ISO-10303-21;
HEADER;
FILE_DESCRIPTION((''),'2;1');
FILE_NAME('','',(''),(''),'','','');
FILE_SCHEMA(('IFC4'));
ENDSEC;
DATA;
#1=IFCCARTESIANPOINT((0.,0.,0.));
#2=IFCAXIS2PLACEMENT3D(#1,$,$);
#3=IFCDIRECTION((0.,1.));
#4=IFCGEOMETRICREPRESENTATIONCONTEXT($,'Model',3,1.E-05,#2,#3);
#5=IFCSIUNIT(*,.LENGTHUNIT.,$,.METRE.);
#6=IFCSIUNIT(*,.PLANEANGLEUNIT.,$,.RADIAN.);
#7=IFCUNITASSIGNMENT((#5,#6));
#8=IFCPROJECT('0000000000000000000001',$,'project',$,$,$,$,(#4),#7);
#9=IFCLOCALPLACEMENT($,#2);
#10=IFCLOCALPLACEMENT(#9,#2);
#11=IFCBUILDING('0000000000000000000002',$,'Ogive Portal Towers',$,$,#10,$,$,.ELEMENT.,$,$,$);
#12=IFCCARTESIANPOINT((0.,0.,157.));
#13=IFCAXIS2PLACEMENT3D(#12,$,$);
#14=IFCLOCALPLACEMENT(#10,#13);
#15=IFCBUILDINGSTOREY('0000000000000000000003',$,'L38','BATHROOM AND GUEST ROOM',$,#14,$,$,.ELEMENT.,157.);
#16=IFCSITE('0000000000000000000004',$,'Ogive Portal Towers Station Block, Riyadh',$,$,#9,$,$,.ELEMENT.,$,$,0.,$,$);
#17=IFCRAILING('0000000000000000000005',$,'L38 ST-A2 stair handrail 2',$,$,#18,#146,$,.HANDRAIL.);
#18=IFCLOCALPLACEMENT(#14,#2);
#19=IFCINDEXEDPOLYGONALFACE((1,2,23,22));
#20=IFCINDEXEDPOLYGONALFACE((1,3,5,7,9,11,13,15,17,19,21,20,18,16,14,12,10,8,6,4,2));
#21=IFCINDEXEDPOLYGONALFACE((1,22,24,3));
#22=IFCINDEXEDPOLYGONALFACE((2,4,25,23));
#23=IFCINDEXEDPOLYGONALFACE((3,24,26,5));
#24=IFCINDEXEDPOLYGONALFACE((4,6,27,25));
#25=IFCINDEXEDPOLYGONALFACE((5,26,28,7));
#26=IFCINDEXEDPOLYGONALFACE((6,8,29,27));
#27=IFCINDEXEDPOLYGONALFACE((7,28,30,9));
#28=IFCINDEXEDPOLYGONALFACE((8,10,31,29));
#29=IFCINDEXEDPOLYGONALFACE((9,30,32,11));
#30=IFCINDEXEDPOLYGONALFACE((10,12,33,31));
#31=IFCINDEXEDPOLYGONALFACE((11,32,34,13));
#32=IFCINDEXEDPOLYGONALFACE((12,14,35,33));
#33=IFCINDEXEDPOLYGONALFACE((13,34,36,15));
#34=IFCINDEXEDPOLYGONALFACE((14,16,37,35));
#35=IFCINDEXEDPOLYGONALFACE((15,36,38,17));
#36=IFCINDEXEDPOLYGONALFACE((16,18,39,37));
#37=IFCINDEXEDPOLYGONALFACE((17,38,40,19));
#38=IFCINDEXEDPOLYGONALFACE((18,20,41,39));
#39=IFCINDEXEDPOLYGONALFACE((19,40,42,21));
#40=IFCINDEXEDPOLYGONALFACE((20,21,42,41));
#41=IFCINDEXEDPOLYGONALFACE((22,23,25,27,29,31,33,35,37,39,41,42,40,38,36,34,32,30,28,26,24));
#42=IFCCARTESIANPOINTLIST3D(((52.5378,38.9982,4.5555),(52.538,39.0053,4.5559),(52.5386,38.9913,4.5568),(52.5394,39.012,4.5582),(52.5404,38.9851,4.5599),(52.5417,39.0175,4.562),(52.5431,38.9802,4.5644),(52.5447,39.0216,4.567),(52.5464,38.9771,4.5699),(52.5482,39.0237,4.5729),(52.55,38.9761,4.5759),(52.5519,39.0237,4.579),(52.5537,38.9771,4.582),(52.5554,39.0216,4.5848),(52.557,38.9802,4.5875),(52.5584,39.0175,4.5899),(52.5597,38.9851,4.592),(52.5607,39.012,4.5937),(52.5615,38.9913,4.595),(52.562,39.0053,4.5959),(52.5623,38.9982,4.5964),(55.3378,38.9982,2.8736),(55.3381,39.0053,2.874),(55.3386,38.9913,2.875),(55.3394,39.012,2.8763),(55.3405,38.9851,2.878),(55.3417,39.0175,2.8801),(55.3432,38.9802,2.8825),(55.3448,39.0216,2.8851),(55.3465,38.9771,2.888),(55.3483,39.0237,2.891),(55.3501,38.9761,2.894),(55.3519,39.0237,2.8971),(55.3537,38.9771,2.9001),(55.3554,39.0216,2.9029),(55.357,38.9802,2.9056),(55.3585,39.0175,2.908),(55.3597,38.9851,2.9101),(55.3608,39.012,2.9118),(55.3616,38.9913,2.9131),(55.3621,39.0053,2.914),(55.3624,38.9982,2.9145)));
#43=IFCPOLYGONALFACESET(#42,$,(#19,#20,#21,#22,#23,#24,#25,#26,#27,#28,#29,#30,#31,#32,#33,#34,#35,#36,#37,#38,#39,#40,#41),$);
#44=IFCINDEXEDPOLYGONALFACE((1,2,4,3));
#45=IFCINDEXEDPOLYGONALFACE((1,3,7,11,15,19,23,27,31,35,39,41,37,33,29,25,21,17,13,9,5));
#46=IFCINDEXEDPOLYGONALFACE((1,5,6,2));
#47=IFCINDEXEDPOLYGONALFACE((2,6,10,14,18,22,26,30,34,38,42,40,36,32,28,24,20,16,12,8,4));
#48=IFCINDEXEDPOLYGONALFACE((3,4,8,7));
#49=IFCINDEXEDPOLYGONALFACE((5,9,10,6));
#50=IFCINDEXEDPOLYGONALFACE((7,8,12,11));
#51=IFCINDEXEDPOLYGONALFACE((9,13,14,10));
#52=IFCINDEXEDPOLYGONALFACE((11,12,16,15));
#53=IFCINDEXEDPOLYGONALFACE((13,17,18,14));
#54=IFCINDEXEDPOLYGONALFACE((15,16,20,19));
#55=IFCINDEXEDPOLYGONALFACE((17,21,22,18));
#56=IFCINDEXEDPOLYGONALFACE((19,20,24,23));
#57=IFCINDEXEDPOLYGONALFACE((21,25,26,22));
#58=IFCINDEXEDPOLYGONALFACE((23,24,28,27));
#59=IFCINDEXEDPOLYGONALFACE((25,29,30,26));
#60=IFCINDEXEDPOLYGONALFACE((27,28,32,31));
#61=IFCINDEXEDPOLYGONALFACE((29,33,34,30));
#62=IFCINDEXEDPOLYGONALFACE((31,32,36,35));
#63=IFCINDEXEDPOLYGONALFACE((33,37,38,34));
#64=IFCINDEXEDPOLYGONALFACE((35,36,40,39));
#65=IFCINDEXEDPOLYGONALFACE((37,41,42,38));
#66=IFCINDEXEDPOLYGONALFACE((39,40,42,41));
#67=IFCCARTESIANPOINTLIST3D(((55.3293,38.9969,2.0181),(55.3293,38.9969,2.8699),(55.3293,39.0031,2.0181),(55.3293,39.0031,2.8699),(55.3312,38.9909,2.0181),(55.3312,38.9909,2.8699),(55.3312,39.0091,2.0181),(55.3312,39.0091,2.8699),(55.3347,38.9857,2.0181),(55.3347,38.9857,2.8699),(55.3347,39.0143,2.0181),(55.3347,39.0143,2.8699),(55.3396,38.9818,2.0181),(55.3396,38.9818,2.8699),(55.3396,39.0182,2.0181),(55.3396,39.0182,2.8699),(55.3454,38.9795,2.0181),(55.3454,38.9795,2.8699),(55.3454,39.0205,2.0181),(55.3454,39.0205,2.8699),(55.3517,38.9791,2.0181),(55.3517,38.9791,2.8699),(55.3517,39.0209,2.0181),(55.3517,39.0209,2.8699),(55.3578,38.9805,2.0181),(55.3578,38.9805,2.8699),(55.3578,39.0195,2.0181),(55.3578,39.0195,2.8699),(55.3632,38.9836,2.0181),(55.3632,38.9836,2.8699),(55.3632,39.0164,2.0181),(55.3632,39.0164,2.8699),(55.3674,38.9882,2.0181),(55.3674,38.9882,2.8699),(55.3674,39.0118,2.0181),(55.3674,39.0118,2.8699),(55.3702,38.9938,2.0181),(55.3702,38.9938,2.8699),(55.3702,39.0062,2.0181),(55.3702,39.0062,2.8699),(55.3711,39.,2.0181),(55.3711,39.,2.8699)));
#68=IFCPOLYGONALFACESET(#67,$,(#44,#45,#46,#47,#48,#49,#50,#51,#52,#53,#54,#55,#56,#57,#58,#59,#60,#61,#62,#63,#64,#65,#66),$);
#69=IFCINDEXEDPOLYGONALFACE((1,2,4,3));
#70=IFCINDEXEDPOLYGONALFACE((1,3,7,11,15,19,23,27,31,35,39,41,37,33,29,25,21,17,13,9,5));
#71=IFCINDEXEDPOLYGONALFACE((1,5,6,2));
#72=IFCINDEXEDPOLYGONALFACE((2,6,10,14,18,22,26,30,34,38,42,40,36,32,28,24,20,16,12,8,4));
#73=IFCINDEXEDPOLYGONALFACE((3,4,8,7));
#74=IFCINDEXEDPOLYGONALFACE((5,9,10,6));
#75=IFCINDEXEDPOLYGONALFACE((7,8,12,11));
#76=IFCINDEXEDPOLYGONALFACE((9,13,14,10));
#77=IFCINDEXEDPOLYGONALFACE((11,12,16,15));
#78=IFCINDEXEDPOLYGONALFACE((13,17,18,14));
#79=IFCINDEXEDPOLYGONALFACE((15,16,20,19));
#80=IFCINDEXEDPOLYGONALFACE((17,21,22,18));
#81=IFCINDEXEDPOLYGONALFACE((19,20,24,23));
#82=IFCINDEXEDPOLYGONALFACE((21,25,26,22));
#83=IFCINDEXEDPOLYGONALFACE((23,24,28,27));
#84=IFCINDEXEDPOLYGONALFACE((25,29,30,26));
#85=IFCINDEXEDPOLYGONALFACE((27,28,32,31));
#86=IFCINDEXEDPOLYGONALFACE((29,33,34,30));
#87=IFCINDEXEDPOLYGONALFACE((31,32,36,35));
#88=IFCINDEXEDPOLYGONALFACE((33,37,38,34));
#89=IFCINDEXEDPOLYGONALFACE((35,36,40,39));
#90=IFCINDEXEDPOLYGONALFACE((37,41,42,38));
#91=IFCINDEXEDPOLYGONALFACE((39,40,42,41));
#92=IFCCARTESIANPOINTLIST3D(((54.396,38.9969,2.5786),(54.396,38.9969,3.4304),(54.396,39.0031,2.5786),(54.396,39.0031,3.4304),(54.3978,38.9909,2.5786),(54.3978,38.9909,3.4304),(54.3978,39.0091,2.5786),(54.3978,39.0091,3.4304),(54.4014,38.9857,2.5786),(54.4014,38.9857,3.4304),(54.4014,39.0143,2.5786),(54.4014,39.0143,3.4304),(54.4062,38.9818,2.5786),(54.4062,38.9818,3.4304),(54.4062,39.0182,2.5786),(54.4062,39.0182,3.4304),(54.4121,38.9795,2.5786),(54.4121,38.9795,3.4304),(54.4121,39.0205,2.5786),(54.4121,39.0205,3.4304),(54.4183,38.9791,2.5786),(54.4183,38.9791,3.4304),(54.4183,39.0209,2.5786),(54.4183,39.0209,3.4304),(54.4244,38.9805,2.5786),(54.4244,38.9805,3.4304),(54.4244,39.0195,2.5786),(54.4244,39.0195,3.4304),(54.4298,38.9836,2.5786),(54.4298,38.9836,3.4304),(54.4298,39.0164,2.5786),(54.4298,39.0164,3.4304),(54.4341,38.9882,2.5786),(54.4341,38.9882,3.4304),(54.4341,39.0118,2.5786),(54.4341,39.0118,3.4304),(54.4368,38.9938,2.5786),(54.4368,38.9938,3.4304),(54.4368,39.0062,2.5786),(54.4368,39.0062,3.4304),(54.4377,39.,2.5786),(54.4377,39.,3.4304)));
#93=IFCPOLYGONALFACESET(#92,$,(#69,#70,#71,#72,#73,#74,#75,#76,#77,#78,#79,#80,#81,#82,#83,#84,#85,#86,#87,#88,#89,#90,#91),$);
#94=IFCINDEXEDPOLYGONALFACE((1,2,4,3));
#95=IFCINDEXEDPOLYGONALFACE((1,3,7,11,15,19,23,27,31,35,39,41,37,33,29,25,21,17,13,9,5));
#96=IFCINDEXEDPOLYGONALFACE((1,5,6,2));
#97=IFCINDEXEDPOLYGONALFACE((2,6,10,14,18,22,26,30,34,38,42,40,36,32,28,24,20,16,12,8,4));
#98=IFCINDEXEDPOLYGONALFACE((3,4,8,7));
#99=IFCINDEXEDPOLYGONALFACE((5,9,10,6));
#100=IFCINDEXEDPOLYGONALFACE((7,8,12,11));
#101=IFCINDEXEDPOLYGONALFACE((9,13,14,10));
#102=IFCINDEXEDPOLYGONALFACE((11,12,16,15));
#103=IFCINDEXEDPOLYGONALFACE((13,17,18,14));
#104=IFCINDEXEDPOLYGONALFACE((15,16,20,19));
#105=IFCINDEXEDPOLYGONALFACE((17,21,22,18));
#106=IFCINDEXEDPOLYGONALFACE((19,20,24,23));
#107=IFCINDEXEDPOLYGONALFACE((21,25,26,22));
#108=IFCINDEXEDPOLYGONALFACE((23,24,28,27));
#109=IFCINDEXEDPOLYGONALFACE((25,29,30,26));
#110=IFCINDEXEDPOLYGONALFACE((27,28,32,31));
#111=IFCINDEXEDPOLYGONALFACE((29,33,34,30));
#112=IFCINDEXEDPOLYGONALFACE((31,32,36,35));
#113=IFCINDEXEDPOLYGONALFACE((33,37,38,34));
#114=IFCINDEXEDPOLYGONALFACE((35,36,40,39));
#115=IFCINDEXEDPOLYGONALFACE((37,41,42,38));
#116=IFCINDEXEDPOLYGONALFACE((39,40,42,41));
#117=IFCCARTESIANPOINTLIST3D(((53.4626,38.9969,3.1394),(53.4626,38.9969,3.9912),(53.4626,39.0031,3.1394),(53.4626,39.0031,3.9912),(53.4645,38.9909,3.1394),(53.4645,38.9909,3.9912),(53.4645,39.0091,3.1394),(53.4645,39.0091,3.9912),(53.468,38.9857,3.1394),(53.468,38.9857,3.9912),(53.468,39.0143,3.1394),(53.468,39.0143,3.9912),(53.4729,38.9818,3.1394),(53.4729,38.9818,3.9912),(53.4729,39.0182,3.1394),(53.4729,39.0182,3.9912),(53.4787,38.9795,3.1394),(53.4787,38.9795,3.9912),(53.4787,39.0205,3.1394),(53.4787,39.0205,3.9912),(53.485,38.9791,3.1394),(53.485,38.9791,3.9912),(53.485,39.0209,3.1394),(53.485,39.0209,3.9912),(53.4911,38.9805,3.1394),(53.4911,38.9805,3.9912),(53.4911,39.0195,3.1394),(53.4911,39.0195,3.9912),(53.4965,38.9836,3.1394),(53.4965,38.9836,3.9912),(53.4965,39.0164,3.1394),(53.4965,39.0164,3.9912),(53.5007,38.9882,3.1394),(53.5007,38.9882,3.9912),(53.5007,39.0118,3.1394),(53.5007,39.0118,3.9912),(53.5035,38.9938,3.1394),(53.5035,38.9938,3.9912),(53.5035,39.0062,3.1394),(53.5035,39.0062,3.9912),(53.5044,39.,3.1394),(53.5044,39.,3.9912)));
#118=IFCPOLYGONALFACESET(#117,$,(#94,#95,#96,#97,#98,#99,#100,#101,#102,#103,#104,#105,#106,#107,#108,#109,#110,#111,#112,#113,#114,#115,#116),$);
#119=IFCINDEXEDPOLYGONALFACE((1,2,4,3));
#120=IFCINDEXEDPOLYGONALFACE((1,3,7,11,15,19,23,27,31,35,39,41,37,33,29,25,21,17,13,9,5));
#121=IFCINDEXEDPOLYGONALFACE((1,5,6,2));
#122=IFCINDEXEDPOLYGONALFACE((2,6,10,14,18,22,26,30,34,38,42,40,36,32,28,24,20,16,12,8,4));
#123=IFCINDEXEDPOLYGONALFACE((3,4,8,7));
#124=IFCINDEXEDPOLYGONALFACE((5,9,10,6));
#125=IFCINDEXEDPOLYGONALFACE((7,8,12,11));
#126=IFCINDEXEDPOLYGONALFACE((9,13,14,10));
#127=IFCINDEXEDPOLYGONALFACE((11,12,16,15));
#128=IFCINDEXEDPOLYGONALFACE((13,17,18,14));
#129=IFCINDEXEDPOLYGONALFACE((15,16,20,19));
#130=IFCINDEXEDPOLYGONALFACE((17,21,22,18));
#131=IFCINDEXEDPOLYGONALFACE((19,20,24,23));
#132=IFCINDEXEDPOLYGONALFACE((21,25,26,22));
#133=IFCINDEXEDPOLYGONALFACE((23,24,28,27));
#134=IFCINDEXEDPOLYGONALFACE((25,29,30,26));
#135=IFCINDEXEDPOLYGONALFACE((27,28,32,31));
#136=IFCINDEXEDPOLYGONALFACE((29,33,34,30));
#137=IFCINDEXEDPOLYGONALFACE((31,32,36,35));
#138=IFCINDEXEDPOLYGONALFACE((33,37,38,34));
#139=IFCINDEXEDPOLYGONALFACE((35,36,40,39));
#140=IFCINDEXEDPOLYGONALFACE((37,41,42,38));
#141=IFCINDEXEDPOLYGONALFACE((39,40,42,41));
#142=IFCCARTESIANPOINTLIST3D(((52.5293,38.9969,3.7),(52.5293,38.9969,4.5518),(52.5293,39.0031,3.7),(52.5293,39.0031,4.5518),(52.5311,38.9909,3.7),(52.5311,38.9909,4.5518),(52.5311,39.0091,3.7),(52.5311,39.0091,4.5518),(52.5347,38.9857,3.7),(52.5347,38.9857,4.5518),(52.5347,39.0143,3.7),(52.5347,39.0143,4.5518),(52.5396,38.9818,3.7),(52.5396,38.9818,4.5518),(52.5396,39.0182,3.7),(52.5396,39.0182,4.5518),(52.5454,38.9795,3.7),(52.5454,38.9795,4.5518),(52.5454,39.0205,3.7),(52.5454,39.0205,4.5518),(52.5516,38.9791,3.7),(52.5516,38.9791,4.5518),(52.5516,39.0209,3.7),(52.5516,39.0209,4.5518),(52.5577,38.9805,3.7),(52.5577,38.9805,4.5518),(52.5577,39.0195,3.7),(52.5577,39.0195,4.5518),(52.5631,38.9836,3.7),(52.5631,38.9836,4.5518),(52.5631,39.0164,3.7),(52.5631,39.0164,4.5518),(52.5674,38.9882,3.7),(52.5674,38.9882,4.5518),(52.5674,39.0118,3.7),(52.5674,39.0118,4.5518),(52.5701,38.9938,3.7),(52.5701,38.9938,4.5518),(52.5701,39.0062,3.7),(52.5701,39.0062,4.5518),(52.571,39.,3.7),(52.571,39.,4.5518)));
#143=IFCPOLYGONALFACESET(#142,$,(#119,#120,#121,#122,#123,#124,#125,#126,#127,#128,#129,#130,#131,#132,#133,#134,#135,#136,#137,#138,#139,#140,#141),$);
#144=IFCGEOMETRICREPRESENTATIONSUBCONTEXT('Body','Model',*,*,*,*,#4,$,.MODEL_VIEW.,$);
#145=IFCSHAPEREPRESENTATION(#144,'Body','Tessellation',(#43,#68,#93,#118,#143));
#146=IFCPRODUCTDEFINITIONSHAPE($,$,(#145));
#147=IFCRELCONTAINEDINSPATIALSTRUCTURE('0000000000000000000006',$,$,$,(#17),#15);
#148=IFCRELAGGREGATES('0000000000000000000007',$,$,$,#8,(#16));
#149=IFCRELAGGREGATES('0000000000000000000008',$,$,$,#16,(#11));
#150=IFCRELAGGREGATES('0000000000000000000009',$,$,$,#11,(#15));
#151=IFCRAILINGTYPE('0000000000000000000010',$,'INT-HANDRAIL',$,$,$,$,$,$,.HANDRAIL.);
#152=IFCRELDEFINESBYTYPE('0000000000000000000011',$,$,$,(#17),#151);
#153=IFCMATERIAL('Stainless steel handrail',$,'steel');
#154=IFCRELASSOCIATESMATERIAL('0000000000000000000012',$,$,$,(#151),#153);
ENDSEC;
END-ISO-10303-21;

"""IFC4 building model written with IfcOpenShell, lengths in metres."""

from ifc_helpers import new_model, si_unit, direction, frame, origin, origin_2d, place, context, subcontext, project, spatial, circle, extrude, material, type_object, element, save


model = new_model("IFC4")

# Units and contexts
model_context = context("Model", 3, precision=1e-05, world=origin(), true_north=direction((0.0, 1.0)))
body_context = subcontext(model_context, "Body", "Model", "MODEL_VIEW")
ifc_project = project(units=[si_unit("LENGTHUNIT", "METRE"), si_unit("PLANEANGLEUNIT", "RADIAN")], contexts=[model_context])

# Site, building, storey
site_placement = place(None, origin())
site = spatial("IfcSite", under=ifc_project, at=site_placement, Name="Ogive Portal Towers Station Block, Riyadh", CompositionType="ELEMENT", RefElevation=0.0)
building_placement = place(site_placement, origin())
building = spatial("IfcBuilding", under=site, at=building_placement, Name="Ogive Portal Towers", CompositionType="ELEMENT")
storey_placement = place(building_placement, frame((0.0, 0.0, 157.0)))
storey = spatial("IfcBuildingStorey", under=building, at=storey_placement, Name="L38", Description="BATHROOM AND GUEST ROOM", CompositionType="ELEMENT", Elevation=157.0)

# Railing
ifc_material_1 = material(Name="Stainless steel handrail", Category="steel")
railing_type_1 = type_object("IfcRailingType", Name="INT-HANDRAIL", PredefinedType="HANDRAIL", material=ifc_material_1)
railing_1_placement = place(storey_placement, frame((55.3501, 39.0, 2.0181)))
element("IfcRailing", 1, at=railing_1_placement, inside=storey, type_object=railing_type_1, Name="L38 ST-A2 stair handrail 2", PredefinedType="HANDRAIL", context=body_context, shape_type="SweptSolid", body=[
    extrude(circle(Radius=0.0239, at=origin_2d()), frame((0.0, 0.0, 0.876), z_axis=(-0.857242, 0.0, 0.514913), x_axis=(0.0, -1.0, 0.0)), (0.0, 0.0, 1.0), 3.2664),
    extrude(circle(Radius=0.021, at=origin_2d()), origin(), (0.0, 0.0, 1.0), 0.8518),
    extrude(circle(Radius=0.021, at=origin_2d()), frame((-0.9333, 0.0, 0.5605)), (0.0, 0.0, 1.0), 0.8518),
    extrude(circle(Radius=0.021, at=origin_2d()), frame((-1.8667, 0.0, 1.1213)), (0.0, 0.0, 1.0), 0.8518),
    extrude(circle(Radius=0.021, at=origin_2d()), frame((-2.8, 0.0, 1.6819)), (0.0, 0.0, 1.0), 0.8518),
])

save(model, "model.ifc")
